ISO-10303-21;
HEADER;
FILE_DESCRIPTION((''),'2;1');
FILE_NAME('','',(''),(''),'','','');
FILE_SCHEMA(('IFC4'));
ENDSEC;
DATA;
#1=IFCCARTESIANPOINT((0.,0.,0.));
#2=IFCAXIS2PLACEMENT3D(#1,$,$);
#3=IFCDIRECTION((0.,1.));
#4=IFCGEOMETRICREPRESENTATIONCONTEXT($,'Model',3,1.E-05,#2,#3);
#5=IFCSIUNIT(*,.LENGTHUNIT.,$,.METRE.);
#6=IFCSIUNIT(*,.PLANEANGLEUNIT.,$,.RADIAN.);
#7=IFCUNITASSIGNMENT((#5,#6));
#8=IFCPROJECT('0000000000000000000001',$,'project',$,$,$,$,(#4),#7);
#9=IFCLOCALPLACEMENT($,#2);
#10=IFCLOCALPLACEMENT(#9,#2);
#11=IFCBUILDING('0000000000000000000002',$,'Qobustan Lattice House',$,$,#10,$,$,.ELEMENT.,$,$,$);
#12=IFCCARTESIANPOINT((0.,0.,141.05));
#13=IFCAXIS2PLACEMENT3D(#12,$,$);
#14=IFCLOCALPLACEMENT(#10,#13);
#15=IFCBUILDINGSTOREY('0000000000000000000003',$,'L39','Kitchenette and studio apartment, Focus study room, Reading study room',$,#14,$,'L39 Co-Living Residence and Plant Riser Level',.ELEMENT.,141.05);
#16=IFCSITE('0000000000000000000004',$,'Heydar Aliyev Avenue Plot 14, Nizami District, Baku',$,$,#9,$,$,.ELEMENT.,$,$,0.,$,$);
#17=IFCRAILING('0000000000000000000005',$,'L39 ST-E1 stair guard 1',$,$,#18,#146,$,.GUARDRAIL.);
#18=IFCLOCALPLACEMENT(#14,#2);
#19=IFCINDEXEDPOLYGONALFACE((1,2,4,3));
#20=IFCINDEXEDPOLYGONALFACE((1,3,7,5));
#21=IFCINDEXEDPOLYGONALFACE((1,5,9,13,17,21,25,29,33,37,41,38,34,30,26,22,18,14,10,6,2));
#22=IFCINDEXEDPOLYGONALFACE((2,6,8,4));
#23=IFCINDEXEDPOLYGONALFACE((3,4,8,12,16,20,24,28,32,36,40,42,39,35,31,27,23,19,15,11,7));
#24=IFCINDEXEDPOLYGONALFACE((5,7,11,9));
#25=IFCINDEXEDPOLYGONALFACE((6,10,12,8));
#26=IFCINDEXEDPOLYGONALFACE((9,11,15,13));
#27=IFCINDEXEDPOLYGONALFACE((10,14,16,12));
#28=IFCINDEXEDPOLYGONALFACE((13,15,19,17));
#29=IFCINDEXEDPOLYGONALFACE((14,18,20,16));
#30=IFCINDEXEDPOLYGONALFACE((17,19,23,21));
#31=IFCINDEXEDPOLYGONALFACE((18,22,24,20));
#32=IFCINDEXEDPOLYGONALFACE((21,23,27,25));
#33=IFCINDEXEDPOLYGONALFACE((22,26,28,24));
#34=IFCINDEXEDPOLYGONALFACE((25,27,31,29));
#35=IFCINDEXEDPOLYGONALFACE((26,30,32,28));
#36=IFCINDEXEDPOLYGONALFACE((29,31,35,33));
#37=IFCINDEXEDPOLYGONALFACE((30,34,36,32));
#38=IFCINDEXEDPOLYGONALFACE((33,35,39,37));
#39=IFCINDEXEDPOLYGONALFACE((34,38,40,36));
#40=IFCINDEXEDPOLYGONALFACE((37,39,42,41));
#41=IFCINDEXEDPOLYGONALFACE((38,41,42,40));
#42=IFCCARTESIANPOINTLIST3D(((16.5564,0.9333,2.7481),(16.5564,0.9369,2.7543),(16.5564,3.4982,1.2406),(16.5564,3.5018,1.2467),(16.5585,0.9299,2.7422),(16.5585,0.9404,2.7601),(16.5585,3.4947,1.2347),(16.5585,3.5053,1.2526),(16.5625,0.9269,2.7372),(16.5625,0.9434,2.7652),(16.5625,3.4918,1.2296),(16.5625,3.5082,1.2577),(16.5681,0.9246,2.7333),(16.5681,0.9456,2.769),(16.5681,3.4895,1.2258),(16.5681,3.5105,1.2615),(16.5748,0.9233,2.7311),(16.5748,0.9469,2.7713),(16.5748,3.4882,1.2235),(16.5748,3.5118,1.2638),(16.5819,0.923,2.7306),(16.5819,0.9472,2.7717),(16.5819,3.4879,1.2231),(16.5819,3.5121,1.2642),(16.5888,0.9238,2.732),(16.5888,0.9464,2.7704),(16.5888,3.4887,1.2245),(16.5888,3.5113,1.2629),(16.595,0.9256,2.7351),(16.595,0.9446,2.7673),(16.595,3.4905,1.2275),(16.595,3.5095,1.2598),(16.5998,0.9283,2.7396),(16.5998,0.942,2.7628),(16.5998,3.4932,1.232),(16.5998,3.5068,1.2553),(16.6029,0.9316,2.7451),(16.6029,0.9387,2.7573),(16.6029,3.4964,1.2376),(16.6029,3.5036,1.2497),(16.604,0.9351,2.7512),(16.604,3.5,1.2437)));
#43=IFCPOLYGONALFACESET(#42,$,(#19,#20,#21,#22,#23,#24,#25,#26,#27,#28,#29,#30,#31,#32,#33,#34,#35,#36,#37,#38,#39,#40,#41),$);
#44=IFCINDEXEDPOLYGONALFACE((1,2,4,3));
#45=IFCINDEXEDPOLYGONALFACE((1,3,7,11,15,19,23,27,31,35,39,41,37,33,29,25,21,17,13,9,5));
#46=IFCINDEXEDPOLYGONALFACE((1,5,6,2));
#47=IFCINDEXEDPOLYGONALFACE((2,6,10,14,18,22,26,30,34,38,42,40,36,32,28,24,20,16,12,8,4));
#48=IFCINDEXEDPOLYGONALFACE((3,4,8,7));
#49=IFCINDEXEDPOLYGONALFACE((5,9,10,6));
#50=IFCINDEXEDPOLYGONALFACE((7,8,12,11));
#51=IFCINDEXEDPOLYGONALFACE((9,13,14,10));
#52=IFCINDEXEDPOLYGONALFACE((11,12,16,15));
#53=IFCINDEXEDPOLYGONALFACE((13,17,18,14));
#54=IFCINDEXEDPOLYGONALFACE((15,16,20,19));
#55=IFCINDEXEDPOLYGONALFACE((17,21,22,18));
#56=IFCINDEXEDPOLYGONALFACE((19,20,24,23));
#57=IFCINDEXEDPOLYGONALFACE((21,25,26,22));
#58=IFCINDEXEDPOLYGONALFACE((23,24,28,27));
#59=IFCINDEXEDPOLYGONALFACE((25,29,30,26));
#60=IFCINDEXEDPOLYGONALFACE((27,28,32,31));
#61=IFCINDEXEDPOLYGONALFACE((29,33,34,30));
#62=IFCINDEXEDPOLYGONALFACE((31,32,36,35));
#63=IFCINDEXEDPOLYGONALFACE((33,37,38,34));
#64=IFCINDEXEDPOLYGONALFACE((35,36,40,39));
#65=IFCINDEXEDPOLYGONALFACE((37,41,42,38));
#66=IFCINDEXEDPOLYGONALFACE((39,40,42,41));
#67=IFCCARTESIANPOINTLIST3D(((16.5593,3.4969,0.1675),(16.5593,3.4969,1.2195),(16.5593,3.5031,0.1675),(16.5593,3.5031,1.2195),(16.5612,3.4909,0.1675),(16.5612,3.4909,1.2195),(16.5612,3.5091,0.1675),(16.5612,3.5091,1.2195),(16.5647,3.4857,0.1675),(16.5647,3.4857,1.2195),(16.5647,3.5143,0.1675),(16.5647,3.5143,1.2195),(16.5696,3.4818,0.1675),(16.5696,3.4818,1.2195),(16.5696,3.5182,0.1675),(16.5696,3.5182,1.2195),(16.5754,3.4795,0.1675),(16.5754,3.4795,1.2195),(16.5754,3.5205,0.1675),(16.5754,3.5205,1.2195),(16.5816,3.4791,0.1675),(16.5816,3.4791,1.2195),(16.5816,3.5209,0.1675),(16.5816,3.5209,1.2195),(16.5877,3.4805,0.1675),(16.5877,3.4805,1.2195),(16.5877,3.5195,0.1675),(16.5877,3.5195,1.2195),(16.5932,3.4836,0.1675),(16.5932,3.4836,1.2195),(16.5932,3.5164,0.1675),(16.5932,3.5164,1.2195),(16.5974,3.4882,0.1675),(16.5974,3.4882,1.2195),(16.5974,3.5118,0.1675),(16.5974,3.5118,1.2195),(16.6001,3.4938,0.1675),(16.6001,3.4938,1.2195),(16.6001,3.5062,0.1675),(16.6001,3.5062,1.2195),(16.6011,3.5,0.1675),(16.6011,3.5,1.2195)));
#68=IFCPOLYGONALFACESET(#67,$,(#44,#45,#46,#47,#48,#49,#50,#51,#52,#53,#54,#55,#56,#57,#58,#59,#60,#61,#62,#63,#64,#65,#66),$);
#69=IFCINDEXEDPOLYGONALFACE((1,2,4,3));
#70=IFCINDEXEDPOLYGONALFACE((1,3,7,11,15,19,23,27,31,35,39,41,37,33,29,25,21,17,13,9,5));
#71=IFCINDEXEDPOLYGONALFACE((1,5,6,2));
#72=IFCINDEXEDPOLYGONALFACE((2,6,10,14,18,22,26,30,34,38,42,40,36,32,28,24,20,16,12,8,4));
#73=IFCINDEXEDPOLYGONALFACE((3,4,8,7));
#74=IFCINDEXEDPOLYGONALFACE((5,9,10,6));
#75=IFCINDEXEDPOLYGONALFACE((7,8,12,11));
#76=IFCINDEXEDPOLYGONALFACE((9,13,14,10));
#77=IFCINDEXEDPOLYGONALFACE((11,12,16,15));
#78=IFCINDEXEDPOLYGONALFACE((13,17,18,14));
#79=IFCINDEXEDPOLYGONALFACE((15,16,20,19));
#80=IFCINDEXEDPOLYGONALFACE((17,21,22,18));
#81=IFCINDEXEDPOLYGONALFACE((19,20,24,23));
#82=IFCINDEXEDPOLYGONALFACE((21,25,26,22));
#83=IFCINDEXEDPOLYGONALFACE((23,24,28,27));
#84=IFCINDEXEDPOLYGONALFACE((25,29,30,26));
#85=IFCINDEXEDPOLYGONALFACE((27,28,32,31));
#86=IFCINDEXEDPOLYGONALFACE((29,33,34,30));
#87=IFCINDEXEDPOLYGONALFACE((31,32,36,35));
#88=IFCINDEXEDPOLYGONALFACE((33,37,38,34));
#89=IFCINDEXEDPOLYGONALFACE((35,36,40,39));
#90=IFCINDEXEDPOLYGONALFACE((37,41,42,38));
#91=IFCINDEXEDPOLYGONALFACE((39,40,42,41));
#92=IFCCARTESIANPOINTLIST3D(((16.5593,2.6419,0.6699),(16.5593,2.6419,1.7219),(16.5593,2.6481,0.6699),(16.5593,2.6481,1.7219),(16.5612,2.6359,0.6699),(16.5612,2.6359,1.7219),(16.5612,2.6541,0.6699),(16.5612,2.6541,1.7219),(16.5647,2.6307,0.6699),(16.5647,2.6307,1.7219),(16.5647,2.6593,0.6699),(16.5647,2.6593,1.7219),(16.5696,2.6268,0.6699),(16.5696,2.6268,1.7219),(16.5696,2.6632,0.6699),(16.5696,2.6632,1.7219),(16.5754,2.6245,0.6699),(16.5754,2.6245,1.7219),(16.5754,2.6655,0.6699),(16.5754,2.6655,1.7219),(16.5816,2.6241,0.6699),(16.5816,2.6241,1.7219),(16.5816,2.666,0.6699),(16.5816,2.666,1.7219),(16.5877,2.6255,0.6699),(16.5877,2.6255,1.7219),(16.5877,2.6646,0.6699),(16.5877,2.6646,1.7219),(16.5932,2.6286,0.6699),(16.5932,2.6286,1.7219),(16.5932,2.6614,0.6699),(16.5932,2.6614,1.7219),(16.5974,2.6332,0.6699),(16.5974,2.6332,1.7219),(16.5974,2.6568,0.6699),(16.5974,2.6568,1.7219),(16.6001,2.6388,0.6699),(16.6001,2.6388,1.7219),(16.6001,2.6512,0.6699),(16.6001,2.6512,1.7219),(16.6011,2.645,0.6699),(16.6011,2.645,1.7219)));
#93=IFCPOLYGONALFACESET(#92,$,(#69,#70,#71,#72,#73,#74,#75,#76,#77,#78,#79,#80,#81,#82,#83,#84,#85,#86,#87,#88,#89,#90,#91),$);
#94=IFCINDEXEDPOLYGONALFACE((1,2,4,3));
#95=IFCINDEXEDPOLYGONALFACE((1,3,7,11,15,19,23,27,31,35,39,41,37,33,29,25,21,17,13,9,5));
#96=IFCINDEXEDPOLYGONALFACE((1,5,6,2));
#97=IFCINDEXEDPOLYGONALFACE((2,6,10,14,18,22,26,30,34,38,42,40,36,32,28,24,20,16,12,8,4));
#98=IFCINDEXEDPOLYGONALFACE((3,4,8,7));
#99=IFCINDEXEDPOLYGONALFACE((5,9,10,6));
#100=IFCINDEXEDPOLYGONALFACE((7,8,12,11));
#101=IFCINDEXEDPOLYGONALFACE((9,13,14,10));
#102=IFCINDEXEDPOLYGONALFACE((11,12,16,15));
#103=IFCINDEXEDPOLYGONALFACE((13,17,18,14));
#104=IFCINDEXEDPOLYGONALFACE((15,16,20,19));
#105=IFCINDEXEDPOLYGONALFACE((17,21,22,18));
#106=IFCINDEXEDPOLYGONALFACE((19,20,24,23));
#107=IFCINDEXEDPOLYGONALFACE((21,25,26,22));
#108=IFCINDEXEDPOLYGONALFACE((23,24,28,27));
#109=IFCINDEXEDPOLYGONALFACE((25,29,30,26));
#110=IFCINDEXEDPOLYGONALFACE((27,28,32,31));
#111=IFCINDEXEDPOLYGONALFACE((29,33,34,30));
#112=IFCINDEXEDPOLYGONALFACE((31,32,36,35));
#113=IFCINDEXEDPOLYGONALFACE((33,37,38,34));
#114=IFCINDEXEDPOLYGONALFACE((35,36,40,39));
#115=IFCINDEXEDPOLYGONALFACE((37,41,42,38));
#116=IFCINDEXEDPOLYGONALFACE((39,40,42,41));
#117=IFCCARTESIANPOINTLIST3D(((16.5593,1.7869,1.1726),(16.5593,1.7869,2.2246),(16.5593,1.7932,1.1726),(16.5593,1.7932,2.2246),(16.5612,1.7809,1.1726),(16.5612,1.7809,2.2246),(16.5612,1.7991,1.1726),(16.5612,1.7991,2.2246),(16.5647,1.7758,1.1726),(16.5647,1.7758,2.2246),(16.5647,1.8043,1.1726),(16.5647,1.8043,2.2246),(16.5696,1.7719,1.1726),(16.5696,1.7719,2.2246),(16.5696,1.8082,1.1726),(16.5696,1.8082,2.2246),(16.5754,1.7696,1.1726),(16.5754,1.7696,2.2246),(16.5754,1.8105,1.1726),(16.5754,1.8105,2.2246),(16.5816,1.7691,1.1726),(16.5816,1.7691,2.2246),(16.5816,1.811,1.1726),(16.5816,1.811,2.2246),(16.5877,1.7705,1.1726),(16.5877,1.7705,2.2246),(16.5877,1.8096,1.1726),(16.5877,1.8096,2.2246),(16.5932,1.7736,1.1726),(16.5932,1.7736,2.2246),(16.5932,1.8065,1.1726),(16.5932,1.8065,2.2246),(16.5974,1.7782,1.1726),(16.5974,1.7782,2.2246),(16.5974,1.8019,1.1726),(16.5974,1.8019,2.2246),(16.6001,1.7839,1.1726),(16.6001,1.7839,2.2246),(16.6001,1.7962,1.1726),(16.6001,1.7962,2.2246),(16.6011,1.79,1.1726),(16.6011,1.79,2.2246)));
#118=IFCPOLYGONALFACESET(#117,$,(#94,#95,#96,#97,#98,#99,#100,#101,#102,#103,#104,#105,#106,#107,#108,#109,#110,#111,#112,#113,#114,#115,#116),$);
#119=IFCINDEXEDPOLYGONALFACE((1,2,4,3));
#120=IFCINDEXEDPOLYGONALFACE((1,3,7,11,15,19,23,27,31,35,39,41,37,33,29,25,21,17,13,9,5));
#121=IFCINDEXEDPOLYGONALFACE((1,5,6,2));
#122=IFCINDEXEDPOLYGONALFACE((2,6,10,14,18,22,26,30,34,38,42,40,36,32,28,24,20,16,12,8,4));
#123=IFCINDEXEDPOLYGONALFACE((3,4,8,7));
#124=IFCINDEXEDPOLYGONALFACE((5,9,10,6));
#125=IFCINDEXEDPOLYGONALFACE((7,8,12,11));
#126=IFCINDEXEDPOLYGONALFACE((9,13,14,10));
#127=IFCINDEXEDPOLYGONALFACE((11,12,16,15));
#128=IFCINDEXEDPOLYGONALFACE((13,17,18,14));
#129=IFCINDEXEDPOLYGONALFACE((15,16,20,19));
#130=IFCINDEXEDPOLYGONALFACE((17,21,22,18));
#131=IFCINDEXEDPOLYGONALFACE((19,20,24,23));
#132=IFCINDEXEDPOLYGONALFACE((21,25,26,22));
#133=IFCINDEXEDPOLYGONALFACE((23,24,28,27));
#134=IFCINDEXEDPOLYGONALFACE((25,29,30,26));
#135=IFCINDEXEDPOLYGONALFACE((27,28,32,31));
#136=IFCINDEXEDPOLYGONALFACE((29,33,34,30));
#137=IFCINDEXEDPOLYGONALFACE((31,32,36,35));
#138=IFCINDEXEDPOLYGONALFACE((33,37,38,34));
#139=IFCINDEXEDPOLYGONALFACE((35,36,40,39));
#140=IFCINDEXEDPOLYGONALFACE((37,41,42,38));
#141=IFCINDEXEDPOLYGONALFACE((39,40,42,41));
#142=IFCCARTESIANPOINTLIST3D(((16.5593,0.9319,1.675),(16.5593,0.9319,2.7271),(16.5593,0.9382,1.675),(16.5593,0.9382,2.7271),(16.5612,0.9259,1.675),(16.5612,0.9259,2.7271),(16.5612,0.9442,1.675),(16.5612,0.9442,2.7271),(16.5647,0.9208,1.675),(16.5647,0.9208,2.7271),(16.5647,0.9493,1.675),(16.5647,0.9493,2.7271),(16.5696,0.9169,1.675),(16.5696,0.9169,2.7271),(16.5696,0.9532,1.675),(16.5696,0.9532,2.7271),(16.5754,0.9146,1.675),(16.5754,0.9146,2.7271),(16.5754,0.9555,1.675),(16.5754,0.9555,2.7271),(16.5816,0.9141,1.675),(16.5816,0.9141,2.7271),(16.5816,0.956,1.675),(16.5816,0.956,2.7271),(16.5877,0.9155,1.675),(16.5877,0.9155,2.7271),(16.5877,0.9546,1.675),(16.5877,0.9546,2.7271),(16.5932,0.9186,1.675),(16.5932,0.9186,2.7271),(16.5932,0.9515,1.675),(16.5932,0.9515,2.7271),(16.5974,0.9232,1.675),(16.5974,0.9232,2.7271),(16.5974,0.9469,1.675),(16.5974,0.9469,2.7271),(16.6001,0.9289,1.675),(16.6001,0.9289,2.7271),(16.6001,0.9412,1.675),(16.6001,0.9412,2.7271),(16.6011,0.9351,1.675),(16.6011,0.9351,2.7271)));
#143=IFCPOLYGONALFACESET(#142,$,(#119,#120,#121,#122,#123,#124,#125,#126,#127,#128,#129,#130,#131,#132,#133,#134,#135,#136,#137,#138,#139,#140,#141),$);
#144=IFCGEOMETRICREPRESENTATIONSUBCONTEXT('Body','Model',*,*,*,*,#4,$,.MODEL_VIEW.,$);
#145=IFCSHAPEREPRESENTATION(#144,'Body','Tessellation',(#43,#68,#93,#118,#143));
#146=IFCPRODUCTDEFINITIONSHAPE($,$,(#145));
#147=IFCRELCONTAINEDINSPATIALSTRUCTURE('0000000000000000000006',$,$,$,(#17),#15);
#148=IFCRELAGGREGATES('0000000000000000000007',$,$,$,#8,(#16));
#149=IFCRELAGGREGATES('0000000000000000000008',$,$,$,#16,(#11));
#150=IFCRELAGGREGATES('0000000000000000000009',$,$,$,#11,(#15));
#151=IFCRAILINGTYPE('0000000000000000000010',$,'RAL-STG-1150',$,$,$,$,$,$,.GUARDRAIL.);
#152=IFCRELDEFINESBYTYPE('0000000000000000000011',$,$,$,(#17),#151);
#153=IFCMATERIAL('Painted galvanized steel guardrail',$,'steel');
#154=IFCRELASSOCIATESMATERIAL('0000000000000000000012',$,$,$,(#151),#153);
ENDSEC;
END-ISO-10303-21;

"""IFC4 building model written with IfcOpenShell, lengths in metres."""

from ifc_helpers import new_model, si_unit, direction, frame, origin, origin_2d, place, context, subcontext, project, spatial, circle, extrude, material, type_object, element, save


model = new_model("IFC4")

# Units and contexts
model_context = context("Model", 3, precision=1e-05, world=origin(), true_north=direction((0.0, 1.0)))
body_context = subcontext(model_context, "Body", "Model", "MODEL_VIEW")
ifc_project = project(units=[si_unit("LENGTHUNIT", "METRE"), si_unit("PLANEANGLEUNIT", "RADIAN")], contexts=[model_context])

# Site, building, storey
site_placement = place(None, origin())
site = spatial("IfcSite", under=ifc_project, at=site_placement, Name="Heydar Aliyev Avenue Plot 14, Nizami District, Baku", CompositionType="ELEMENT", RefElevation=0.0)
building_placement = place(site_placement, origin())
building = spatial("IfcBuilding", under=site, at=building_placement, Name="Qobustan Lattice House", CompositionType="ELEMENT")
storey_placement = place(building_placement, frame((0.0, 0.0, 141.05)))
storey = spatial("IfcBuildingStorey", under=building, at=storey_placement, Name="L39", Description="Kitchenette and studio apartment, Focus study room, Reading study room", LongName="L39 Co-Living Residence and Plant Riser Level", CompositionType="ELEMENT", Elevation=141.05)

# Railing
ifc_material_1 = material(Name="Painted galvanized steel guardrail", Category="steel")
railing_type_1 = type_object("IfcRailingType", Name="RAL-STG-1150", PredefinedType="GUARDRAIL", material=ifc_material_1)
railing_1_placement = place(storey_placement, frame((16.5801, 3.5, 0.1675)))
element("IfcRailing", 1, at=railing_1_placement, inside=storey, type_object=railing_type_1, Name="L39 ST-E1 stair guard 1", PredefinedType="GUARDRAIL", context=body_context, shape_type="SweptSolid", body=[
    extrude(circle(Radius=0.0239, at=origin_2d()), frame((0.0, 0.0, 1.0762), z_axis=(0.0, -0.862113, 0.506715), x_axis=(1.0, 0.0, 0.0)), (0.0, 0.0, 1.0), 2.9751),
    extrude(circle(Radius=0.021, at=origin_2d()), origin(), (0.0, 0.0, 1.0), 1.052),
    extrude(circle(Radius=0.021, at=origin_2d()), frame((0.0, -0.855, 0.5024)), (0.0, 0.0, 1.0), 1.052),
    extrude(circle(Radius=0.021, at=origin_2d()), frame((0.0, -1.71, 1.0051)), (0.0, 0.0, 1.0), 1.052),
    extrude(circle(Radius=0.021, at=origin_2d()), frame((0.0, -2.5649, 1.5076)), (0.0, 0.0, 1.0), 1.052),
])

save(model, "model.ifc")
